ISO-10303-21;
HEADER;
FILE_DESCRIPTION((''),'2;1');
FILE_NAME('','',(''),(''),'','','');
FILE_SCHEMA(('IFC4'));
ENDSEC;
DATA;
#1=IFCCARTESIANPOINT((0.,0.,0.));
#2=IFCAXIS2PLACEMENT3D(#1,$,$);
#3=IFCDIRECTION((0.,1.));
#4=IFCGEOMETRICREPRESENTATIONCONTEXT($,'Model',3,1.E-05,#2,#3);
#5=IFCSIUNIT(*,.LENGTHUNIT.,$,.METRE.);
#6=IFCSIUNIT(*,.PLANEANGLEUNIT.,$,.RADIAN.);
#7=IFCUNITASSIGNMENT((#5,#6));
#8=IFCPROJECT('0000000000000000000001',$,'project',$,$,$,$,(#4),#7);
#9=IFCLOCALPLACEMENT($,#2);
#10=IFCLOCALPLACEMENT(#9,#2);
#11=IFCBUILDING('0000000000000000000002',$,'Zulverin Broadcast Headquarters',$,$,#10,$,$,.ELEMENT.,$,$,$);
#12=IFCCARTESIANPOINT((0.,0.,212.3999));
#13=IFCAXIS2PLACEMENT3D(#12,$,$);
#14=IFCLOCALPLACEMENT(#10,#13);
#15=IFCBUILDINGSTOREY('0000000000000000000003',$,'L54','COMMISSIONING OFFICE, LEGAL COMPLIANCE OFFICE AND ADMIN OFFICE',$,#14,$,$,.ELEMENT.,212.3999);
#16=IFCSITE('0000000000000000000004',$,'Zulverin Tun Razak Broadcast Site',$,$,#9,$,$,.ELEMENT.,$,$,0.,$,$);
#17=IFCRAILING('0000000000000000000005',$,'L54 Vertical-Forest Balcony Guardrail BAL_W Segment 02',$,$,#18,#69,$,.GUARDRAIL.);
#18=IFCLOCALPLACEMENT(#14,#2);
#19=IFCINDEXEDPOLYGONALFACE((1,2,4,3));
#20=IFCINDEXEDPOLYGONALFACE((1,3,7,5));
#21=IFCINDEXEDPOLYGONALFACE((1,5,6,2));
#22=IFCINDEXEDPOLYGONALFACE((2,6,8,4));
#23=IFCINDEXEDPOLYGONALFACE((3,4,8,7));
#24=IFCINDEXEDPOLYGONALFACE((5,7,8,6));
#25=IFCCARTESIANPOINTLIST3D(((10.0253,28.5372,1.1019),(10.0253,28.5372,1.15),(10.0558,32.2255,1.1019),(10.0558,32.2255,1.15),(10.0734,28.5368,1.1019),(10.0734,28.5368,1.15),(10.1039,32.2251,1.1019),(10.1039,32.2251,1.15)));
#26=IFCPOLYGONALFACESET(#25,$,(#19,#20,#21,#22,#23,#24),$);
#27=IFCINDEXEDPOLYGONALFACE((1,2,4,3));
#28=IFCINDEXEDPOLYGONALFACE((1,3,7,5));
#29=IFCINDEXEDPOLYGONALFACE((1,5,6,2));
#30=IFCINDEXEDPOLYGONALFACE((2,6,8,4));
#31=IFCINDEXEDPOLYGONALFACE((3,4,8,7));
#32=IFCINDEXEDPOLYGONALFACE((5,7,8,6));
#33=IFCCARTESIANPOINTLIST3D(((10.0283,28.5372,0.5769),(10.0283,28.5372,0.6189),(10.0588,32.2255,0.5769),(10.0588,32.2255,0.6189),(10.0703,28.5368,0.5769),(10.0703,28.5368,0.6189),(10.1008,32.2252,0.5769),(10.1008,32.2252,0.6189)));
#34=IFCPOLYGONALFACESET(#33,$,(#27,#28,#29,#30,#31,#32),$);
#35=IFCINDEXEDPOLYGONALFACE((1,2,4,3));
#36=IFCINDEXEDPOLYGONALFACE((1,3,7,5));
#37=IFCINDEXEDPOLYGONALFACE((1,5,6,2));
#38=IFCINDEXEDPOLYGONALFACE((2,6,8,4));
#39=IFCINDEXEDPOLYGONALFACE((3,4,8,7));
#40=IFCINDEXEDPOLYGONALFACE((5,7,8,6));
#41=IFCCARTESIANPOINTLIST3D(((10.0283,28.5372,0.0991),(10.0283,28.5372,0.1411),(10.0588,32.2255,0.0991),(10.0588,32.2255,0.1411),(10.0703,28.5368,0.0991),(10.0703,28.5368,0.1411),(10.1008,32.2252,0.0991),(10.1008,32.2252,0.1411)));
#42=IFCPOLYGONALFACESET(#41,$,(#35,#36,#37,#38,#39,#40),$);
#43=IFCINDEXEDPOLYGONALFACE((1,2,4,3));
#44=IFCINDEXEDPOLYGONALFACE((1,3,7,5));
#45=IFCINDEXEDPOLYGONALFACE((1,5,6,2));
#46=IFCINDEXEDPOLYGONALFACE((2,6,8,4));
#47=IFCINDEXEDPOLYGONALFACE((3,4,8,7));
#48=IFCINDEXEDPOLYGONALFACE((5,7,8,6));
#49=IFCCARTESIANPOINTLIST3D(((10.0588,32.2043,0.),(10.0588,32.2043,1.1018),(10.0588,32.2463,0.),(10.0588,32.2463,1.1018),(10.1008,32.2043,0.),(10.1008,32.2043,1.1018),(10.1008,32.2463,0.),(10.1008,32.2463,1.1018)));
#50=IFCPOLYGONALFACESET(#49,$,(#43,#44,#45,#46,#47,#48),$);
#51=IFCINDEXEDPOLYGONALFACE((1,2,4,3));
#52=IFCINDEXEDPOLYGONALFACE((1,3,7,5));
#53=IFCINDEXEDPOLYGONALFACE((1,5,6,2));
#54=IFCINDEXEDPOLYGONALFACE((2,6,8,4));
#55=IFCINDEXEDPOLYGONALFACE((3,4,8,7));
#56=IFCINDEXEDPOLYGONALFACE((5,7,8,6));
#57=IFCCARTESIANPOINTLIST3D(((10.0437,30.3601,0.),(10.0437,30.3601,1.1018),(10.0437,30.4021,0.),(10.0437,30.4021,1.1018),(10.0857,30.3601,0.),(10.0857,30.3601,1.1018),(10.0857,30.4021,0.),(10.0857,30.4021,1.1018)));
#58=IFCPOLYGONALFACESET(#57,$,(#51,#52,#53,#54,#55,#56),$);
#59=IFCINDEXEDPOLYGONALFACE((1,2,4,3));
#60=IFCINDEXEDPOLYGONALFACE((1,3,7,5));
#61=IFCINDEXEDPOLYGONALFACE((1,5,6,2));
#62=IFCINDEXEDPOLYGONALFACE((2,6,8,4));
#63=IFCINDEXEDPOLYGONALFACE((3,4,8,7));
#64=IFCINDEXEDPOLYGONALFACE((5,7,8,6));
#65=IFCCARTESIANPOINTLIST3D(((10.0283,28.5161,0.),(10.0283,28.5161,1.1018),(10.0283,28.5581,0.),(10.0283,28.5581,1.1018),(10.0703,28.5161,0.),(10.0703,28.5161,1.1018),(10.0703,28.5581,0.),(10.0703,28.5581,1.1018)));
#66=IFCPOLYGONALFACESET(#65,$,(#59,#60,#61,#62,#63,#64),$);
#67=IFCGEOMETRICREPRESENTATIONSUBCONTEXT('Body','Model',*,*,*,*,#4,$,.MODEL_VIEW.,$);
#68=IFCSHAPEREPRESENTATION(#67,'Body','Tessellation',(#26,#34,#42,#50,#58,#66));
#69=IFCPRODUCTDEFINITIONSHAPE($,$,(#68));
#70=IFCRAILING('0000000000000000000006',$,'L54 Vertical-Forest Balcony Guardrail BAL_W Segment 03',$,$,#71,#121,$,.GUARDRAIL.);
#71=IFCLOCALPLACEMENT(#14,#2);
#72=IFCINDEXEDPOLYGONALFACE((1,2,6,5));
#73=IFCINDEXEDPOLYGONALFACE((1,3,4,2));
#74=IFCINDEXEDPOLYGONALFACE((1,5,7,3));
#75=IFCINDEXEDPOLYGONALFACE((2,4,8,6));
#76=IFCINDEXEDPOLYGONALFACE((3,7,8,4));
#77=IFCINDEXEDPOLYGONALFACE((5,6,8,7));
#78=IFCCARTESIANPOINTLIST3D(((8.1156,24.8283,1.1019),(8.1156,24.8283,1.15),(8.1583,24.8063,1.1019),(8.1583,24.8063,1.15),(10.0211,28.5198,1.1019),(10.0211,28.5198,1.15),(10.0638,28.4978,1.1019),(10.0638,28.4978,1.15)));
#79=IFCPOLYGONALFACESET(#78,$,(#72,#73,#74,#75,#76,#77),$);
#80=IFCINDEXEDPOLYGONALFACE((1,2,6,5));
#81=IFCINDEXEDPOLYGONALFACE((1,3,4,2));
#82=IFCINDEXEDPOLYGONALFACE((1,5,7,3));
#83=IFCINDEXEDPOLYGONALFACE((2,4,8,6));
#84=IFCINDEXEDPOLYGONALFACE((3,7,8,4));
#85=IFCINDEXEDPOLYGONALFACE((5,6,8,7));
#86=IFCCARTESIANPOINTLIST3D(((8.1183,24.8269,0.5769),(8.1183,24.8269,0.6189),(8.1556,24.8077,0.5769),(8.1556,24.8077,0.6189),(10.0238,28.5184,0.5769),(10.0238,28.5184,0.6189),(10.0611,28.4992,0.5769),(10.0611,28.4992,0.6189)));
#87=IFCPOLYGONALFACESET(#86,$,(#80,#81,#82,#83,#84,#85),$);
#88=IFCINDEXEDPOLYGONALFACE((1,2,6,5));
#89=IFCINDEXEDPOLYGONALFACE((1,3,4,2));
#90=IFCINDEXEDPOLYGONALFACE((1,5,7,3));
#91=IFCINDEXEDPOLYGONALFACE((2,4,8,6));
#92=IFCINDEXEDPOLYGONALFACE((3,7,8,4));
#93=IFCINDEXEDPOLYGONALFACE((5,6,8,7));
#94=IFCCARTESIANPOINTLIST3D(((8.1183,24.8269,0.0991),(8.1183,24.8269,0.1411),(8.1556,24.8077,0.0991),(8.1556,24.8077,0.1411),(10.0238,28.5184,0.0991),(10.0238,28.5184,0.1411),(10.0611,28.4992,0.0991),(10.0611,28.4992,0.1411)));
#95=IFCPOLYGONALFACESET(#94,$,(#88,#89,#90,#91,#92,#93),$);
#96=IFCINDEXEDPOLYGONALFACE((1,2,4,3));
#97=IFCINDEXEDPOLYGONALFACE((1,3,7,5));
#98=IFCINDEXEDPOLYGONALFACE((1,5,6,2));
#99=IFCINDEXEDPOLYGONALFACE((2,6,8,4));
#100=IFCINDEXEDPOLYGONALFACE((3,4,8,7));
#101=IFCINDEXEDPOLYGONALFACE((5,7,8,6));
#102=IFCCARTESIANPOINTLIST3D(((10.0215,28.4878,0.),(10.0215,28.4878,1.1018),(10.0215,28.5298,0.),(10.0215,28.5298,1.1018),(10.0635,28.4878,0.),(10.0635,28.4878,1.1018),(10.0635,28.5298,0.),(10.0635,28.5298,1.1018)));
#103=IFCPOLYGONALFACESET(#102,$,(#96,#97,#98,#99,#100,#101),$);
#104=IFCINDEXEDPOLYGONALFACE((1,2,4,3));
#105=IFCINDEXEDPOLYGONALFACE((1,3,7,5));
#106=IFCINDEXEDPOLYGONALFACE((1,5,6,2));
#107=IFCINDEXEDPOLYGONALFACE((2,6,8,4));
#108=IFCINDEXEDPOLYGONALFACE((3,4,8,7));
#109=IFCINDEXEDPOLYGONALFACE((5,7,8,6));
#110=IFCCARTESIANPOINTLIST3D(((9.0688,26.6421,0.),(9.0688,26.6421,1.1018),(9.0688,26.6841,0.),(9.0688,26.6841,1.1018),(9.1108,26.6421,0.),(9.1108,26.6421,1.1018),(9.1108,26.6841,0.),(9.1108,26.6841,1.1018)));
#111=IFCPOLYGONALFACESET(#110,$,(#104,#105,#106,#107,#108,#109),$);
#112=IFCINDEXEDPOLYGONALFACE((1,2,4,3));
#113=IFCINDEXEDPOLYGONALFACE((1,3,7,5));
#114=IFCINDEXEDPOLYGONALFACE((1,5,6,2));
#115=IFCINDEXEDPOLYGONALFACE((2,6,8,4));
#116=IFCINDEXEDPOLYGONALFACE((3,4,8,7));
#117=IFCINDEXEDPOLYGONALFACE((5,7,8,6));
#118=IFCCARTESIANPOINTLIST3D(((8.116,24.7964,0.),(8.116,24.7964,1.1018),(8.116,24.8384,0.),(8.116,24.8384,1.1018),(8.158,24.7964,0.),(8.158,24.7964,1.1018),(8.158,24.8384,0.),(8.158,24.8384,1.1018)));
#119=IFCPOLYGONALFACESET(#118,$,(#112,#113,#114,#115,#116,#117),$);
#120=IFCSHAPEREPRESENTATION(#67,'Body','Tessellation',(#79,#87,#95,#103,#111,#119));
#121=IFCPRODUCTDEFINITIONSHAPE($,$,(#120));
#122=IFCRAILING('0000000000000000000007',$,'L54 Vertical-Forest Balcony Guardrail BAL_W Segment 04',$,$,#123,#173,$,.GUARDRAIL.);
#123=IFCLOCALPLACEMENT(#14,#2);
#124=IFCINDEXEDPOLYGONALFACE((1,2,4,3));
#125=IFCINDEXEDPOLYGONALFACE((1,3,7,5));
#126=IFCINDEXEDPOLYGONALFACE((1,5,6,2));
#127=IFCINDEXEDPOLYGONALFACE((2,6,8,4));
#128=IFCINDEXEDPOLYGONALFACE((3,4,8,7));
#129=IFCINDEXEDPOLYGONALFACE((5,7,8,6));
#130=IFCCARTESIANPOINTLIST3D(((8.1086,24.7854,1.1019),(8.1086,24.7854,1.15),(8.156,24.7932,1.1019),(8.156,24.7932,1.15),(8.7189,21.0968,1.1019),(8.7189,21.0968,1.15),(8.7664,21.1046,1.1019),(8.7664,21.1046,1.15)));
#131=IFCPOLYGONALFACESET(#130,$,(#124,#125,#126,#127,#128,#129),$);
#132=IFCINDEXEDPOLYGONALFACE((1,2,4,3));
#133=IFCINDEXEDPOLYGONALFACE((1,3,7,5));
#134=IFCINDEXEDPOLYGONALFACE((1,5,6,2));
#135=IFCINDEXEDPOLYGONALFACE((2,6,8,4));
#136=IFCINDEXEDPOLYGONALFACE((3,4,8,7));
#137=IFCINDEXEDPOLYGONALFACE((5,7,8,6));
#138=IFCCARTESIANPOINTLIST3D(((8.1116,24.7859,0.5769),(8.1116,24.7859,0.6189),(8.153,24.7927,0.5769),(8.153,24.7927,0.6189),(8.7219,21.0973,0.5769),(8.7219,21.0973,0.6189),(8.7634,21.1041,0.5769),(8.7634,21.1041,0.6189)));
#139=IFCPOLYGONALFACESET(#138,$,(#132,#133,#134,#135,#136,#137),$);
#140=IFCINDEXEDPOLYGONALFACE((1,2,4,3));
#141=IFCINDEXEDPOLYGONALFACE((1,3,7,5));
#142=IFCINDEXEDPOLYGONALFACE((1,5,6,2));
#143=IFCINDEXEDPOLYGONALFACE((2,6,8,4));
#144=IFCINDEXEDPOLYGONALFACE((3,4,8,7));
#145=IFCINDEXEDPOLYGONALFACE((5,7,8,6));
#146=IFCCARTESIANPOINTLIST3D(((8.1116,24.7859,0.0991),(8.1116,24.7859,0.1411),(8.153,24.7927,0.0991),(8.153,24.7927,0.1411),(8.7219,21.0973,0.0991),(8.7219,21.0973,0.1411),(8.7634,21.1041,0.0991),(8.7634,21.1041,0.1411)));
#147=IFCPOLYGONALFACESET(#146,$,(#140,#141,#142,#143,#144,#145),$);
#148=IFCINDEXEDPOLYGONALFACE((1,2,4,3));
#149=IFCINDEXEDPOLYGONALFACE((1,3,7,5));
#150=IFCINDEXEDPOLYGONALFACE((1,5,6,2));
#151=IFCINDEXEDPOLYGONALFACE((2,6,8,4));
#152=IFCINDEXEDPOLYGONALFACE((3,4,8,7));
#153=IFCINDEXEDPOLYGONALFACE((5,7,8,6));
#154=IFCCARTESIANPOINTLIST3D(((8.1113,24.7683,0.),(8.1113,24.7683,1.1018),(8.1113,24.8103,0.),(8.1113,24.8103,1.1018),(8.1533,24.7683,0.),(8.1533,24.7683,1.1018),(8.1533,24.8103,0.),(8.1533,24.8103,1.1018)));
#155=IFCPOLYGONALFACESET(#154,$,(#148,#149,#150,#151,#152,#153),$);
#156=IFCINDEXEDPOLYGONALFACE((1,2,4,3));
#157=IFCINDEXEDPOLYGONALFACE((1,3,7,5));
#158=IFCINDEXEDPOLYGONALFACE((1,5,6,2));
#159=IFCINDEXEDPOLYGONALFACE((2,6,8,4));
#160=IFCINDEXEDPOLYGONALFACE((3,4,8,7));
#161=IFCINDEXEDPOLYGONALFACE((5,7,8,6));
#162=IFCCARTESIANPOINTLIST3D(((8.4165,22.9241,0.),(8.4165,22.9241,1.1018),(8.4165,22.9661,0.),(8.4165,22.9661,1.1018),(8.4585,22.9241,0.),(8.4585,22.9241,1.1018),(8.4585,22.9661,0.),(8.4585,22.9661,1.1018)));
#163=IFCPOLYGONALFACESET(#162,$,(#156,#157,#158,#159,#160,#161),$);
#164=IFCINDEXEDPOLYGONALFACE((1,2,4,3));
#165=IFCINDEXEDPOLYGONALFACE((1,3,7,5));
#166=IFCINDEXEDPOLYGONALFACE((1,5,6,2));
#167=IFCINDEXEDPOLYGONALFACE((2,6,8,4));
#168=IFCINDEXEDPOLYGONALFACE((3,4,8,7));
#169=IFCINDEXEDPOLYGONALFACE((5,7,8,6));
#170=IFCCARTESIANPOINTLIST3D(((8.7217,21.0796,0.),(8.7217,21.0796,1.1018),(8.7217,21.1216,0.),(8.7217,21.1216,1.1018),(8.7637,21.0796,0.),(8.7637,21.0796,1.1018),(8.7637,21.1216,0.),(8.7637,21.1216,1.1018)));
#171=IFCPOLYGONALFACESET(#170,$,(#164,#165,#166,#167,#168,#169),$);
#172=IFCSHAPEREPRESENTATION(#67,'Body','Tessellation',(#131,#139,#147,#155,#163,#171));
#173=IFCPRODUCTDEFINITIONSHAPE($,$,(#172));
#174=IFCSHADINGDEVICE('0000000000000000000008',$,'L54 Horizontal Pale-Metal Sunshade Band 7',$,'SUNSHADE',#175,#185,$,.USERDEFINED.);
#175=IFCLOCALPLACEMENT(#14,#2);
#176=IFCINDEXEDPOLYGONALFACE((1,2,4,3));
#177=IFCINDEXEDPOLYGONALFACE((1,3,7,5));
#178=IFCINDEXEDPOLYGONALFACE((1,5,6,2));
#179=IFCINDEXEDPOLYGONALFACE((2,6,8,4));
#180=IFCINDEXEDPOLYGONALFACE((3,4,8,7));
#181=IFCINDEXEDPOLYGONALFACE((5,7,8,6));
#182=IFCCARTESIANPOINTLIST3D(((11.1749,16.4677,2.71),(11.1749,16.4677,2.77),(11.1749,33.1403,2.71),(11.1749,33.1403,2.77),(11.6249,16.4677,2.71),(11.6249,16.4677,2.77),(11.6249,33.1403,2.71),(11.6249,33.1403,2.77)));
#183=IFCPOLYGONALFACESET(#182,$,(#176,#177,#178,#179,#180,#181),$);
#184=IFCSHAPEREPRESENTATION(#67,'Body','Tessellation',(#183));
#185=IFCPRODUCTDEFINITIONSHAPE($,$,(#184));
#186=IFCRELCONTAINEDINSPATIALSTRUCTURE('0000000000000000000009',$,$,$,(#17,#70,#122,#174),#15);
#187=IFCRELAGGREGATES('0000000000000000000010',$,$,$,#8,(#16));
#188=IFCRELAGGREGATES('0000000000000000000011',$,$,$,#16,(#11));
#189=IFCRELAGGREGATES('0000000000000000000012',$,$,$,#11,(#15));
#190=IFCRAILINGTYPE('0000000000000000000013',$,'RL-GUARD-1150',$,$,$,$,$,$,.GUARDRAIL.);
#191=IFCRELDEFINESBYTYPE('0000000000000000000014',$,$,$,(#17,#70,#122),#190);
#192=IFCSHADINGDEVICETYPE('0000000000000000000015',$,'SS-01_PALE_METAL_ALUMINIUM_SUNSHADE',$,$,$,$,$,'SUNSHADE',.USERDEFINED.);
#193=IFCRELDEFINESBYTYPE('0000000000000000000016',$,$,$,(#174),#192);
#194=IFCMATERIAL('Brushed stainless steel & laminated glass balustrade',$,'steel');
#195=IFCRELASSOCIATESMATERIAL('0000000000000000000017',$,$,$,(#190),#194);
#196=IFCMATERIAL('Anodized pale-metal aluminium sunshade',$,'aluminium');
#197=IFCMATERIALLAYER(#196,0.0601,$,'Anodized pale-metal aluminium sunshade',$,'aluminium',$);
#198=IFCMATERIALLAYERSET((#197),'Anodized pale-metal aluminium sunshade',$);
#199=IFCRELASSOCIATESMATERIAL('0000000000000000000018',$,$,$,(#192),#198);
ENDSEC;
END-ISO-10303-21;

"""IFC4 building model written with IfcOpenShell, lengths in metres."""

from ifc_helpers import new_model, si_unit, direction, frame, origin, origin_2d, place, context, subcontext, project, spatial, rectangle, extrude, material, layer, layer_set, type_object, element, save


model = new_model("IFC4")

# Units and contexts
model_context = context("Model", 3, precision=1e-05, world=origin(), true_north=direction((0.0, 1.0)))
body_context = subcontext(model_context, "Body", "Model", "MODEL_VIEW")
ifc_project = project(units=[si_unit("LENGTHUNIT", "METRE"), si_unit("PLANEANGLEUNIT", "RADIAN")], contexts=[model_context])

# Site, building, storey
site_placement = place(None, origin())
site = spatial("IfcSite", under=ifc_project, at=site_placement, Name="Zulverin Tun Razak Broadcast Site", CompositionType="ELEMENT", RefElevation=0.0)
building_placement = place(site_placement, origin())
building = spatial("IfcBuilding", under=site, at=building_placement, Name="Zulverin Broadcast Headquarters", CompositionType="ELEMENT")
storey_placement = place(building_placement, frame((0.0, 0.0, 212.3999)))
storey = spatial("IfcBuildingStorey", under=building, at=storey_placement, Name="L54", Description="COMMISSIONING OFFICE, LEGAL COMPLIANCE OFFICE AND ADMIN OFFICE", CompositionType="ELEMENT", Elevation=212.3999)

# Railings
ifc_material_1 = material(Name="Brushed stainless steel & laminated glass balustrade", Category="steel")
railing_type = type_object("IfcRailingType", Name="RL-GUARD-1150", PredefinedType="GUARDRAIL", material=ifc_material_1)
railing_1_placement = place(storey_placement, frame((10.0798, 32.2253, 0.0)))
element("IfcRailing", 1, at=railing_1_placement, inside=storey, type_object=railing_type, Name="L54 Vertical-Forest Balcony Guardrail BAL_W Segment 02", PredefinedType="GUARDRAIL", context=body_context, shape_type="SweptSolid", body=[
    extrude(rectangle(XDim=0.0481, YDim=0.0481, at=origin_2d()), frame((0.0, 0.0, 1.126), z_axis=(-0.008274, -0.999966, 0.0), x_axis=(0.999966, -0.008274, 0.0)), (0.0, 0.0, 1.0), 3.6885),
    extrude(rectangle(XDim=0.042, YDim=0.042, at=origin_2d()), frame((0.0, 0.0, 0.5979), z_axis=(-0.008274, -0.999966, 0.0), x_axis=(0.999966, -0.008274, 0.0)), (0.0, 0.0, 1.0), 3.6885),
    extrude(rectangle(XDim=0.042, YDim=0.042, at=origin_2d()), frame((0.0, 0.0, 0.1201), z_axis=(-0.008274, -0.999966, 0.0), x_axis=(0.999966, -0.008274, 0.0)), (0.0, 0.0, 1.0), 3.6885),
    extrude(rectangle(XDim=0.042, YDim=0.042, at=origin_2d()), origin(), (0.0, 0.0, 1.0), 1.1018),
    extrude(rectangle(XDim=0.042, YDim=0.042, at=origin_2d()), frame((-0.0151, -1.8442, 0.0)), (0.0, 0.0, 1.0), 1.1018),
    extrude(rectangle(XDim=0.042, YDim=0.042, at=origin_2d()), frame((-0.0305, -3.6882, 0.0)), (0.0, 0.0, 1.0), 1.1018),
])
railing_2_placement = place(storey_placement, frame((10.0425, 28.5088, 0.0)))
element("IfcRailing", 2, at=railing_2_placement, inside=storey, type_object=railing_type, Name="L54 Vertical-Forest Balcony Guardrail BAL_W Segment 03", PredefinedType="GUARDRAIL", context=body_context, shape_type="SweptSolid", body=[
    extrude(rectangle(XDim=0.0481, YDim=0.0481, at=origin_2d()), frame((0.0, 0.0, 1.126), z_axis=(-0.458695, -0.888594, 0.0), x_axis=(0.888594, -0.458695, 0.0)), (0.0, 0.0, 1.0), 4.1543),
    extrude(rectangle(XDim=0.042, YDim=0.042, at=origin_2d()), frame((0.0, 0.0, 0.5979), z_axis=(-0.458695, -0.888594, 0.0), x_axis=(0.888594, -0.458695, 0.0)), (0.0, 0.0, 1.0), 4.1543),
    extrude(rectangle(XDim=0.042, YDim=0.042, at=origin_2d()), frame((0.0, 0.0, 0.1201), z_axis=(-0.458695, -0.888594, 0.0), x_axis=(0.888594, -0.458695, 0.0)), (0.0, 0.0, 1.0), 4.1543),
    extrude(rectangle(XDim=0.042, YDim=0.042, at=origin_2d()), origin(), (0.0, 0.0, 1.0), 1.1018),
    extrude(rectangle(XDim=0.042, YDim=0.042, at=origin_2d()), frame((-0.9526, -1.8457, 0.0)), (0.0, 0.0, 1.0), 1.1018),
    extrude(rectangle(XDim=0.042, YDim=0.042, at=origin_2d()), frame((-1.9055, -3.6914, 0.0)), (0.0, 0.0, 1.0), 1.1018),
])
railing_3_placement = place(storey_placement, frame((8.1323, 24.7893, 0.0)))
element("IfcRailing", 3, at=railing_3_placement, inside=storey, type_object=railing_type, Name="L54 Vertical-Forest Balcony Guardrail BAL_W Segment 04", PredefinedType="GUARDRAIL", context=body_context, shape_type="SweptSolid", body=[
    extrude(rectangle(XDim=0.0481, YDim=0.0481, at=origin_2d()), frame((0.0, 0.0, 1.126), z_axis=(0.163245, -0.986586, 0.0), x_axis=(0.986586, 0.163245, 0.0)), (0.0, 0.0, 1.0), 3.7388),
    extrude(rectangle(XDim=0.042, YDim=0.042, at=origin_2d()), frame((0.0, 0.0, 0.5979), z_axis=(0.163245, -0.986586, 0.0), x_axis=(0.986586, 0.163245, 0.0)), (0.0, 0.0, 1.0), 3.7388),
    extrude(rectangle(XDim=0.042, YDim=0.042, at=origin_2d()), frame((0.0, 0.0, 0.1201), z_axis=(0.163245, -0.986586, 0.0), x_axis=(0.986586, 0.163245, 0.0)), (0.0, 0.0, 1.0), 3.7388),
    extrude(rectangle(XDim=0.042, YDim=0.042, at=origin_2d()), origin(), (0.0, 0.0, 1.0), 1.1018),
    extrude(rectangle(XDim=0.042, YDim=0.042, at=origin_2d()), frame((0.3052, -1.8442, 0.0)), (0.0, 0.0, 1.0), 1.1018),
    extrude(rectangle(XDim=0.042, YDim=0.042, at=origin_2d()), frame((0.6104, -3.6887, 0.0)), (0.0, 0.0, 1.0), 1.1018),
])

# Shading device
ifc_material_2 = material(Name="Anodized pale-metal aluminium sunshade", Category="aluminium")
ifc_layer_1 = layer(ifc_material_2, 0.0601, Name="Anodized pale-metal aluminium sunshade", Category="aluminium")
ifc_layer_set_1 = layer_set([ifc_layer_1], Name="Anodized pale-metal aluminium sunshade")
shading_device_type = type_object("IfcShadingDeviceType", Name="SS-01_PALE_METAL_ALUMINIUM_SUNSHADE", ElementType="SUNSHADE", PredefinedType="USERDEFINED", material=ifc_layer_set_1)
shading_device_placement = place(storey_placement, frame((11.3999, 24.804, 2.71), z_axis=(0.0, 0.0, 1.0), x_axis=(0.0, -1.0, 0.0)))
element("IfcShadingDevice", 4, at=shading_device_placement, inside=storey, type_object=shading_device_type, Name="L54 Horizontal Pale-Metal Sunshade Band 7", ObjectType="SUNSHADE", PredefinedType="USERDEFINED", context=body_context, shape_type="SweptSolid", body=[
    extrude(rectangle(XDim=16.6726, YDim=0.45, at=origin_2d()), origin(), (0.0, 0.0, 1.0), 0.0601),
])

save(model, "model.ifc")
